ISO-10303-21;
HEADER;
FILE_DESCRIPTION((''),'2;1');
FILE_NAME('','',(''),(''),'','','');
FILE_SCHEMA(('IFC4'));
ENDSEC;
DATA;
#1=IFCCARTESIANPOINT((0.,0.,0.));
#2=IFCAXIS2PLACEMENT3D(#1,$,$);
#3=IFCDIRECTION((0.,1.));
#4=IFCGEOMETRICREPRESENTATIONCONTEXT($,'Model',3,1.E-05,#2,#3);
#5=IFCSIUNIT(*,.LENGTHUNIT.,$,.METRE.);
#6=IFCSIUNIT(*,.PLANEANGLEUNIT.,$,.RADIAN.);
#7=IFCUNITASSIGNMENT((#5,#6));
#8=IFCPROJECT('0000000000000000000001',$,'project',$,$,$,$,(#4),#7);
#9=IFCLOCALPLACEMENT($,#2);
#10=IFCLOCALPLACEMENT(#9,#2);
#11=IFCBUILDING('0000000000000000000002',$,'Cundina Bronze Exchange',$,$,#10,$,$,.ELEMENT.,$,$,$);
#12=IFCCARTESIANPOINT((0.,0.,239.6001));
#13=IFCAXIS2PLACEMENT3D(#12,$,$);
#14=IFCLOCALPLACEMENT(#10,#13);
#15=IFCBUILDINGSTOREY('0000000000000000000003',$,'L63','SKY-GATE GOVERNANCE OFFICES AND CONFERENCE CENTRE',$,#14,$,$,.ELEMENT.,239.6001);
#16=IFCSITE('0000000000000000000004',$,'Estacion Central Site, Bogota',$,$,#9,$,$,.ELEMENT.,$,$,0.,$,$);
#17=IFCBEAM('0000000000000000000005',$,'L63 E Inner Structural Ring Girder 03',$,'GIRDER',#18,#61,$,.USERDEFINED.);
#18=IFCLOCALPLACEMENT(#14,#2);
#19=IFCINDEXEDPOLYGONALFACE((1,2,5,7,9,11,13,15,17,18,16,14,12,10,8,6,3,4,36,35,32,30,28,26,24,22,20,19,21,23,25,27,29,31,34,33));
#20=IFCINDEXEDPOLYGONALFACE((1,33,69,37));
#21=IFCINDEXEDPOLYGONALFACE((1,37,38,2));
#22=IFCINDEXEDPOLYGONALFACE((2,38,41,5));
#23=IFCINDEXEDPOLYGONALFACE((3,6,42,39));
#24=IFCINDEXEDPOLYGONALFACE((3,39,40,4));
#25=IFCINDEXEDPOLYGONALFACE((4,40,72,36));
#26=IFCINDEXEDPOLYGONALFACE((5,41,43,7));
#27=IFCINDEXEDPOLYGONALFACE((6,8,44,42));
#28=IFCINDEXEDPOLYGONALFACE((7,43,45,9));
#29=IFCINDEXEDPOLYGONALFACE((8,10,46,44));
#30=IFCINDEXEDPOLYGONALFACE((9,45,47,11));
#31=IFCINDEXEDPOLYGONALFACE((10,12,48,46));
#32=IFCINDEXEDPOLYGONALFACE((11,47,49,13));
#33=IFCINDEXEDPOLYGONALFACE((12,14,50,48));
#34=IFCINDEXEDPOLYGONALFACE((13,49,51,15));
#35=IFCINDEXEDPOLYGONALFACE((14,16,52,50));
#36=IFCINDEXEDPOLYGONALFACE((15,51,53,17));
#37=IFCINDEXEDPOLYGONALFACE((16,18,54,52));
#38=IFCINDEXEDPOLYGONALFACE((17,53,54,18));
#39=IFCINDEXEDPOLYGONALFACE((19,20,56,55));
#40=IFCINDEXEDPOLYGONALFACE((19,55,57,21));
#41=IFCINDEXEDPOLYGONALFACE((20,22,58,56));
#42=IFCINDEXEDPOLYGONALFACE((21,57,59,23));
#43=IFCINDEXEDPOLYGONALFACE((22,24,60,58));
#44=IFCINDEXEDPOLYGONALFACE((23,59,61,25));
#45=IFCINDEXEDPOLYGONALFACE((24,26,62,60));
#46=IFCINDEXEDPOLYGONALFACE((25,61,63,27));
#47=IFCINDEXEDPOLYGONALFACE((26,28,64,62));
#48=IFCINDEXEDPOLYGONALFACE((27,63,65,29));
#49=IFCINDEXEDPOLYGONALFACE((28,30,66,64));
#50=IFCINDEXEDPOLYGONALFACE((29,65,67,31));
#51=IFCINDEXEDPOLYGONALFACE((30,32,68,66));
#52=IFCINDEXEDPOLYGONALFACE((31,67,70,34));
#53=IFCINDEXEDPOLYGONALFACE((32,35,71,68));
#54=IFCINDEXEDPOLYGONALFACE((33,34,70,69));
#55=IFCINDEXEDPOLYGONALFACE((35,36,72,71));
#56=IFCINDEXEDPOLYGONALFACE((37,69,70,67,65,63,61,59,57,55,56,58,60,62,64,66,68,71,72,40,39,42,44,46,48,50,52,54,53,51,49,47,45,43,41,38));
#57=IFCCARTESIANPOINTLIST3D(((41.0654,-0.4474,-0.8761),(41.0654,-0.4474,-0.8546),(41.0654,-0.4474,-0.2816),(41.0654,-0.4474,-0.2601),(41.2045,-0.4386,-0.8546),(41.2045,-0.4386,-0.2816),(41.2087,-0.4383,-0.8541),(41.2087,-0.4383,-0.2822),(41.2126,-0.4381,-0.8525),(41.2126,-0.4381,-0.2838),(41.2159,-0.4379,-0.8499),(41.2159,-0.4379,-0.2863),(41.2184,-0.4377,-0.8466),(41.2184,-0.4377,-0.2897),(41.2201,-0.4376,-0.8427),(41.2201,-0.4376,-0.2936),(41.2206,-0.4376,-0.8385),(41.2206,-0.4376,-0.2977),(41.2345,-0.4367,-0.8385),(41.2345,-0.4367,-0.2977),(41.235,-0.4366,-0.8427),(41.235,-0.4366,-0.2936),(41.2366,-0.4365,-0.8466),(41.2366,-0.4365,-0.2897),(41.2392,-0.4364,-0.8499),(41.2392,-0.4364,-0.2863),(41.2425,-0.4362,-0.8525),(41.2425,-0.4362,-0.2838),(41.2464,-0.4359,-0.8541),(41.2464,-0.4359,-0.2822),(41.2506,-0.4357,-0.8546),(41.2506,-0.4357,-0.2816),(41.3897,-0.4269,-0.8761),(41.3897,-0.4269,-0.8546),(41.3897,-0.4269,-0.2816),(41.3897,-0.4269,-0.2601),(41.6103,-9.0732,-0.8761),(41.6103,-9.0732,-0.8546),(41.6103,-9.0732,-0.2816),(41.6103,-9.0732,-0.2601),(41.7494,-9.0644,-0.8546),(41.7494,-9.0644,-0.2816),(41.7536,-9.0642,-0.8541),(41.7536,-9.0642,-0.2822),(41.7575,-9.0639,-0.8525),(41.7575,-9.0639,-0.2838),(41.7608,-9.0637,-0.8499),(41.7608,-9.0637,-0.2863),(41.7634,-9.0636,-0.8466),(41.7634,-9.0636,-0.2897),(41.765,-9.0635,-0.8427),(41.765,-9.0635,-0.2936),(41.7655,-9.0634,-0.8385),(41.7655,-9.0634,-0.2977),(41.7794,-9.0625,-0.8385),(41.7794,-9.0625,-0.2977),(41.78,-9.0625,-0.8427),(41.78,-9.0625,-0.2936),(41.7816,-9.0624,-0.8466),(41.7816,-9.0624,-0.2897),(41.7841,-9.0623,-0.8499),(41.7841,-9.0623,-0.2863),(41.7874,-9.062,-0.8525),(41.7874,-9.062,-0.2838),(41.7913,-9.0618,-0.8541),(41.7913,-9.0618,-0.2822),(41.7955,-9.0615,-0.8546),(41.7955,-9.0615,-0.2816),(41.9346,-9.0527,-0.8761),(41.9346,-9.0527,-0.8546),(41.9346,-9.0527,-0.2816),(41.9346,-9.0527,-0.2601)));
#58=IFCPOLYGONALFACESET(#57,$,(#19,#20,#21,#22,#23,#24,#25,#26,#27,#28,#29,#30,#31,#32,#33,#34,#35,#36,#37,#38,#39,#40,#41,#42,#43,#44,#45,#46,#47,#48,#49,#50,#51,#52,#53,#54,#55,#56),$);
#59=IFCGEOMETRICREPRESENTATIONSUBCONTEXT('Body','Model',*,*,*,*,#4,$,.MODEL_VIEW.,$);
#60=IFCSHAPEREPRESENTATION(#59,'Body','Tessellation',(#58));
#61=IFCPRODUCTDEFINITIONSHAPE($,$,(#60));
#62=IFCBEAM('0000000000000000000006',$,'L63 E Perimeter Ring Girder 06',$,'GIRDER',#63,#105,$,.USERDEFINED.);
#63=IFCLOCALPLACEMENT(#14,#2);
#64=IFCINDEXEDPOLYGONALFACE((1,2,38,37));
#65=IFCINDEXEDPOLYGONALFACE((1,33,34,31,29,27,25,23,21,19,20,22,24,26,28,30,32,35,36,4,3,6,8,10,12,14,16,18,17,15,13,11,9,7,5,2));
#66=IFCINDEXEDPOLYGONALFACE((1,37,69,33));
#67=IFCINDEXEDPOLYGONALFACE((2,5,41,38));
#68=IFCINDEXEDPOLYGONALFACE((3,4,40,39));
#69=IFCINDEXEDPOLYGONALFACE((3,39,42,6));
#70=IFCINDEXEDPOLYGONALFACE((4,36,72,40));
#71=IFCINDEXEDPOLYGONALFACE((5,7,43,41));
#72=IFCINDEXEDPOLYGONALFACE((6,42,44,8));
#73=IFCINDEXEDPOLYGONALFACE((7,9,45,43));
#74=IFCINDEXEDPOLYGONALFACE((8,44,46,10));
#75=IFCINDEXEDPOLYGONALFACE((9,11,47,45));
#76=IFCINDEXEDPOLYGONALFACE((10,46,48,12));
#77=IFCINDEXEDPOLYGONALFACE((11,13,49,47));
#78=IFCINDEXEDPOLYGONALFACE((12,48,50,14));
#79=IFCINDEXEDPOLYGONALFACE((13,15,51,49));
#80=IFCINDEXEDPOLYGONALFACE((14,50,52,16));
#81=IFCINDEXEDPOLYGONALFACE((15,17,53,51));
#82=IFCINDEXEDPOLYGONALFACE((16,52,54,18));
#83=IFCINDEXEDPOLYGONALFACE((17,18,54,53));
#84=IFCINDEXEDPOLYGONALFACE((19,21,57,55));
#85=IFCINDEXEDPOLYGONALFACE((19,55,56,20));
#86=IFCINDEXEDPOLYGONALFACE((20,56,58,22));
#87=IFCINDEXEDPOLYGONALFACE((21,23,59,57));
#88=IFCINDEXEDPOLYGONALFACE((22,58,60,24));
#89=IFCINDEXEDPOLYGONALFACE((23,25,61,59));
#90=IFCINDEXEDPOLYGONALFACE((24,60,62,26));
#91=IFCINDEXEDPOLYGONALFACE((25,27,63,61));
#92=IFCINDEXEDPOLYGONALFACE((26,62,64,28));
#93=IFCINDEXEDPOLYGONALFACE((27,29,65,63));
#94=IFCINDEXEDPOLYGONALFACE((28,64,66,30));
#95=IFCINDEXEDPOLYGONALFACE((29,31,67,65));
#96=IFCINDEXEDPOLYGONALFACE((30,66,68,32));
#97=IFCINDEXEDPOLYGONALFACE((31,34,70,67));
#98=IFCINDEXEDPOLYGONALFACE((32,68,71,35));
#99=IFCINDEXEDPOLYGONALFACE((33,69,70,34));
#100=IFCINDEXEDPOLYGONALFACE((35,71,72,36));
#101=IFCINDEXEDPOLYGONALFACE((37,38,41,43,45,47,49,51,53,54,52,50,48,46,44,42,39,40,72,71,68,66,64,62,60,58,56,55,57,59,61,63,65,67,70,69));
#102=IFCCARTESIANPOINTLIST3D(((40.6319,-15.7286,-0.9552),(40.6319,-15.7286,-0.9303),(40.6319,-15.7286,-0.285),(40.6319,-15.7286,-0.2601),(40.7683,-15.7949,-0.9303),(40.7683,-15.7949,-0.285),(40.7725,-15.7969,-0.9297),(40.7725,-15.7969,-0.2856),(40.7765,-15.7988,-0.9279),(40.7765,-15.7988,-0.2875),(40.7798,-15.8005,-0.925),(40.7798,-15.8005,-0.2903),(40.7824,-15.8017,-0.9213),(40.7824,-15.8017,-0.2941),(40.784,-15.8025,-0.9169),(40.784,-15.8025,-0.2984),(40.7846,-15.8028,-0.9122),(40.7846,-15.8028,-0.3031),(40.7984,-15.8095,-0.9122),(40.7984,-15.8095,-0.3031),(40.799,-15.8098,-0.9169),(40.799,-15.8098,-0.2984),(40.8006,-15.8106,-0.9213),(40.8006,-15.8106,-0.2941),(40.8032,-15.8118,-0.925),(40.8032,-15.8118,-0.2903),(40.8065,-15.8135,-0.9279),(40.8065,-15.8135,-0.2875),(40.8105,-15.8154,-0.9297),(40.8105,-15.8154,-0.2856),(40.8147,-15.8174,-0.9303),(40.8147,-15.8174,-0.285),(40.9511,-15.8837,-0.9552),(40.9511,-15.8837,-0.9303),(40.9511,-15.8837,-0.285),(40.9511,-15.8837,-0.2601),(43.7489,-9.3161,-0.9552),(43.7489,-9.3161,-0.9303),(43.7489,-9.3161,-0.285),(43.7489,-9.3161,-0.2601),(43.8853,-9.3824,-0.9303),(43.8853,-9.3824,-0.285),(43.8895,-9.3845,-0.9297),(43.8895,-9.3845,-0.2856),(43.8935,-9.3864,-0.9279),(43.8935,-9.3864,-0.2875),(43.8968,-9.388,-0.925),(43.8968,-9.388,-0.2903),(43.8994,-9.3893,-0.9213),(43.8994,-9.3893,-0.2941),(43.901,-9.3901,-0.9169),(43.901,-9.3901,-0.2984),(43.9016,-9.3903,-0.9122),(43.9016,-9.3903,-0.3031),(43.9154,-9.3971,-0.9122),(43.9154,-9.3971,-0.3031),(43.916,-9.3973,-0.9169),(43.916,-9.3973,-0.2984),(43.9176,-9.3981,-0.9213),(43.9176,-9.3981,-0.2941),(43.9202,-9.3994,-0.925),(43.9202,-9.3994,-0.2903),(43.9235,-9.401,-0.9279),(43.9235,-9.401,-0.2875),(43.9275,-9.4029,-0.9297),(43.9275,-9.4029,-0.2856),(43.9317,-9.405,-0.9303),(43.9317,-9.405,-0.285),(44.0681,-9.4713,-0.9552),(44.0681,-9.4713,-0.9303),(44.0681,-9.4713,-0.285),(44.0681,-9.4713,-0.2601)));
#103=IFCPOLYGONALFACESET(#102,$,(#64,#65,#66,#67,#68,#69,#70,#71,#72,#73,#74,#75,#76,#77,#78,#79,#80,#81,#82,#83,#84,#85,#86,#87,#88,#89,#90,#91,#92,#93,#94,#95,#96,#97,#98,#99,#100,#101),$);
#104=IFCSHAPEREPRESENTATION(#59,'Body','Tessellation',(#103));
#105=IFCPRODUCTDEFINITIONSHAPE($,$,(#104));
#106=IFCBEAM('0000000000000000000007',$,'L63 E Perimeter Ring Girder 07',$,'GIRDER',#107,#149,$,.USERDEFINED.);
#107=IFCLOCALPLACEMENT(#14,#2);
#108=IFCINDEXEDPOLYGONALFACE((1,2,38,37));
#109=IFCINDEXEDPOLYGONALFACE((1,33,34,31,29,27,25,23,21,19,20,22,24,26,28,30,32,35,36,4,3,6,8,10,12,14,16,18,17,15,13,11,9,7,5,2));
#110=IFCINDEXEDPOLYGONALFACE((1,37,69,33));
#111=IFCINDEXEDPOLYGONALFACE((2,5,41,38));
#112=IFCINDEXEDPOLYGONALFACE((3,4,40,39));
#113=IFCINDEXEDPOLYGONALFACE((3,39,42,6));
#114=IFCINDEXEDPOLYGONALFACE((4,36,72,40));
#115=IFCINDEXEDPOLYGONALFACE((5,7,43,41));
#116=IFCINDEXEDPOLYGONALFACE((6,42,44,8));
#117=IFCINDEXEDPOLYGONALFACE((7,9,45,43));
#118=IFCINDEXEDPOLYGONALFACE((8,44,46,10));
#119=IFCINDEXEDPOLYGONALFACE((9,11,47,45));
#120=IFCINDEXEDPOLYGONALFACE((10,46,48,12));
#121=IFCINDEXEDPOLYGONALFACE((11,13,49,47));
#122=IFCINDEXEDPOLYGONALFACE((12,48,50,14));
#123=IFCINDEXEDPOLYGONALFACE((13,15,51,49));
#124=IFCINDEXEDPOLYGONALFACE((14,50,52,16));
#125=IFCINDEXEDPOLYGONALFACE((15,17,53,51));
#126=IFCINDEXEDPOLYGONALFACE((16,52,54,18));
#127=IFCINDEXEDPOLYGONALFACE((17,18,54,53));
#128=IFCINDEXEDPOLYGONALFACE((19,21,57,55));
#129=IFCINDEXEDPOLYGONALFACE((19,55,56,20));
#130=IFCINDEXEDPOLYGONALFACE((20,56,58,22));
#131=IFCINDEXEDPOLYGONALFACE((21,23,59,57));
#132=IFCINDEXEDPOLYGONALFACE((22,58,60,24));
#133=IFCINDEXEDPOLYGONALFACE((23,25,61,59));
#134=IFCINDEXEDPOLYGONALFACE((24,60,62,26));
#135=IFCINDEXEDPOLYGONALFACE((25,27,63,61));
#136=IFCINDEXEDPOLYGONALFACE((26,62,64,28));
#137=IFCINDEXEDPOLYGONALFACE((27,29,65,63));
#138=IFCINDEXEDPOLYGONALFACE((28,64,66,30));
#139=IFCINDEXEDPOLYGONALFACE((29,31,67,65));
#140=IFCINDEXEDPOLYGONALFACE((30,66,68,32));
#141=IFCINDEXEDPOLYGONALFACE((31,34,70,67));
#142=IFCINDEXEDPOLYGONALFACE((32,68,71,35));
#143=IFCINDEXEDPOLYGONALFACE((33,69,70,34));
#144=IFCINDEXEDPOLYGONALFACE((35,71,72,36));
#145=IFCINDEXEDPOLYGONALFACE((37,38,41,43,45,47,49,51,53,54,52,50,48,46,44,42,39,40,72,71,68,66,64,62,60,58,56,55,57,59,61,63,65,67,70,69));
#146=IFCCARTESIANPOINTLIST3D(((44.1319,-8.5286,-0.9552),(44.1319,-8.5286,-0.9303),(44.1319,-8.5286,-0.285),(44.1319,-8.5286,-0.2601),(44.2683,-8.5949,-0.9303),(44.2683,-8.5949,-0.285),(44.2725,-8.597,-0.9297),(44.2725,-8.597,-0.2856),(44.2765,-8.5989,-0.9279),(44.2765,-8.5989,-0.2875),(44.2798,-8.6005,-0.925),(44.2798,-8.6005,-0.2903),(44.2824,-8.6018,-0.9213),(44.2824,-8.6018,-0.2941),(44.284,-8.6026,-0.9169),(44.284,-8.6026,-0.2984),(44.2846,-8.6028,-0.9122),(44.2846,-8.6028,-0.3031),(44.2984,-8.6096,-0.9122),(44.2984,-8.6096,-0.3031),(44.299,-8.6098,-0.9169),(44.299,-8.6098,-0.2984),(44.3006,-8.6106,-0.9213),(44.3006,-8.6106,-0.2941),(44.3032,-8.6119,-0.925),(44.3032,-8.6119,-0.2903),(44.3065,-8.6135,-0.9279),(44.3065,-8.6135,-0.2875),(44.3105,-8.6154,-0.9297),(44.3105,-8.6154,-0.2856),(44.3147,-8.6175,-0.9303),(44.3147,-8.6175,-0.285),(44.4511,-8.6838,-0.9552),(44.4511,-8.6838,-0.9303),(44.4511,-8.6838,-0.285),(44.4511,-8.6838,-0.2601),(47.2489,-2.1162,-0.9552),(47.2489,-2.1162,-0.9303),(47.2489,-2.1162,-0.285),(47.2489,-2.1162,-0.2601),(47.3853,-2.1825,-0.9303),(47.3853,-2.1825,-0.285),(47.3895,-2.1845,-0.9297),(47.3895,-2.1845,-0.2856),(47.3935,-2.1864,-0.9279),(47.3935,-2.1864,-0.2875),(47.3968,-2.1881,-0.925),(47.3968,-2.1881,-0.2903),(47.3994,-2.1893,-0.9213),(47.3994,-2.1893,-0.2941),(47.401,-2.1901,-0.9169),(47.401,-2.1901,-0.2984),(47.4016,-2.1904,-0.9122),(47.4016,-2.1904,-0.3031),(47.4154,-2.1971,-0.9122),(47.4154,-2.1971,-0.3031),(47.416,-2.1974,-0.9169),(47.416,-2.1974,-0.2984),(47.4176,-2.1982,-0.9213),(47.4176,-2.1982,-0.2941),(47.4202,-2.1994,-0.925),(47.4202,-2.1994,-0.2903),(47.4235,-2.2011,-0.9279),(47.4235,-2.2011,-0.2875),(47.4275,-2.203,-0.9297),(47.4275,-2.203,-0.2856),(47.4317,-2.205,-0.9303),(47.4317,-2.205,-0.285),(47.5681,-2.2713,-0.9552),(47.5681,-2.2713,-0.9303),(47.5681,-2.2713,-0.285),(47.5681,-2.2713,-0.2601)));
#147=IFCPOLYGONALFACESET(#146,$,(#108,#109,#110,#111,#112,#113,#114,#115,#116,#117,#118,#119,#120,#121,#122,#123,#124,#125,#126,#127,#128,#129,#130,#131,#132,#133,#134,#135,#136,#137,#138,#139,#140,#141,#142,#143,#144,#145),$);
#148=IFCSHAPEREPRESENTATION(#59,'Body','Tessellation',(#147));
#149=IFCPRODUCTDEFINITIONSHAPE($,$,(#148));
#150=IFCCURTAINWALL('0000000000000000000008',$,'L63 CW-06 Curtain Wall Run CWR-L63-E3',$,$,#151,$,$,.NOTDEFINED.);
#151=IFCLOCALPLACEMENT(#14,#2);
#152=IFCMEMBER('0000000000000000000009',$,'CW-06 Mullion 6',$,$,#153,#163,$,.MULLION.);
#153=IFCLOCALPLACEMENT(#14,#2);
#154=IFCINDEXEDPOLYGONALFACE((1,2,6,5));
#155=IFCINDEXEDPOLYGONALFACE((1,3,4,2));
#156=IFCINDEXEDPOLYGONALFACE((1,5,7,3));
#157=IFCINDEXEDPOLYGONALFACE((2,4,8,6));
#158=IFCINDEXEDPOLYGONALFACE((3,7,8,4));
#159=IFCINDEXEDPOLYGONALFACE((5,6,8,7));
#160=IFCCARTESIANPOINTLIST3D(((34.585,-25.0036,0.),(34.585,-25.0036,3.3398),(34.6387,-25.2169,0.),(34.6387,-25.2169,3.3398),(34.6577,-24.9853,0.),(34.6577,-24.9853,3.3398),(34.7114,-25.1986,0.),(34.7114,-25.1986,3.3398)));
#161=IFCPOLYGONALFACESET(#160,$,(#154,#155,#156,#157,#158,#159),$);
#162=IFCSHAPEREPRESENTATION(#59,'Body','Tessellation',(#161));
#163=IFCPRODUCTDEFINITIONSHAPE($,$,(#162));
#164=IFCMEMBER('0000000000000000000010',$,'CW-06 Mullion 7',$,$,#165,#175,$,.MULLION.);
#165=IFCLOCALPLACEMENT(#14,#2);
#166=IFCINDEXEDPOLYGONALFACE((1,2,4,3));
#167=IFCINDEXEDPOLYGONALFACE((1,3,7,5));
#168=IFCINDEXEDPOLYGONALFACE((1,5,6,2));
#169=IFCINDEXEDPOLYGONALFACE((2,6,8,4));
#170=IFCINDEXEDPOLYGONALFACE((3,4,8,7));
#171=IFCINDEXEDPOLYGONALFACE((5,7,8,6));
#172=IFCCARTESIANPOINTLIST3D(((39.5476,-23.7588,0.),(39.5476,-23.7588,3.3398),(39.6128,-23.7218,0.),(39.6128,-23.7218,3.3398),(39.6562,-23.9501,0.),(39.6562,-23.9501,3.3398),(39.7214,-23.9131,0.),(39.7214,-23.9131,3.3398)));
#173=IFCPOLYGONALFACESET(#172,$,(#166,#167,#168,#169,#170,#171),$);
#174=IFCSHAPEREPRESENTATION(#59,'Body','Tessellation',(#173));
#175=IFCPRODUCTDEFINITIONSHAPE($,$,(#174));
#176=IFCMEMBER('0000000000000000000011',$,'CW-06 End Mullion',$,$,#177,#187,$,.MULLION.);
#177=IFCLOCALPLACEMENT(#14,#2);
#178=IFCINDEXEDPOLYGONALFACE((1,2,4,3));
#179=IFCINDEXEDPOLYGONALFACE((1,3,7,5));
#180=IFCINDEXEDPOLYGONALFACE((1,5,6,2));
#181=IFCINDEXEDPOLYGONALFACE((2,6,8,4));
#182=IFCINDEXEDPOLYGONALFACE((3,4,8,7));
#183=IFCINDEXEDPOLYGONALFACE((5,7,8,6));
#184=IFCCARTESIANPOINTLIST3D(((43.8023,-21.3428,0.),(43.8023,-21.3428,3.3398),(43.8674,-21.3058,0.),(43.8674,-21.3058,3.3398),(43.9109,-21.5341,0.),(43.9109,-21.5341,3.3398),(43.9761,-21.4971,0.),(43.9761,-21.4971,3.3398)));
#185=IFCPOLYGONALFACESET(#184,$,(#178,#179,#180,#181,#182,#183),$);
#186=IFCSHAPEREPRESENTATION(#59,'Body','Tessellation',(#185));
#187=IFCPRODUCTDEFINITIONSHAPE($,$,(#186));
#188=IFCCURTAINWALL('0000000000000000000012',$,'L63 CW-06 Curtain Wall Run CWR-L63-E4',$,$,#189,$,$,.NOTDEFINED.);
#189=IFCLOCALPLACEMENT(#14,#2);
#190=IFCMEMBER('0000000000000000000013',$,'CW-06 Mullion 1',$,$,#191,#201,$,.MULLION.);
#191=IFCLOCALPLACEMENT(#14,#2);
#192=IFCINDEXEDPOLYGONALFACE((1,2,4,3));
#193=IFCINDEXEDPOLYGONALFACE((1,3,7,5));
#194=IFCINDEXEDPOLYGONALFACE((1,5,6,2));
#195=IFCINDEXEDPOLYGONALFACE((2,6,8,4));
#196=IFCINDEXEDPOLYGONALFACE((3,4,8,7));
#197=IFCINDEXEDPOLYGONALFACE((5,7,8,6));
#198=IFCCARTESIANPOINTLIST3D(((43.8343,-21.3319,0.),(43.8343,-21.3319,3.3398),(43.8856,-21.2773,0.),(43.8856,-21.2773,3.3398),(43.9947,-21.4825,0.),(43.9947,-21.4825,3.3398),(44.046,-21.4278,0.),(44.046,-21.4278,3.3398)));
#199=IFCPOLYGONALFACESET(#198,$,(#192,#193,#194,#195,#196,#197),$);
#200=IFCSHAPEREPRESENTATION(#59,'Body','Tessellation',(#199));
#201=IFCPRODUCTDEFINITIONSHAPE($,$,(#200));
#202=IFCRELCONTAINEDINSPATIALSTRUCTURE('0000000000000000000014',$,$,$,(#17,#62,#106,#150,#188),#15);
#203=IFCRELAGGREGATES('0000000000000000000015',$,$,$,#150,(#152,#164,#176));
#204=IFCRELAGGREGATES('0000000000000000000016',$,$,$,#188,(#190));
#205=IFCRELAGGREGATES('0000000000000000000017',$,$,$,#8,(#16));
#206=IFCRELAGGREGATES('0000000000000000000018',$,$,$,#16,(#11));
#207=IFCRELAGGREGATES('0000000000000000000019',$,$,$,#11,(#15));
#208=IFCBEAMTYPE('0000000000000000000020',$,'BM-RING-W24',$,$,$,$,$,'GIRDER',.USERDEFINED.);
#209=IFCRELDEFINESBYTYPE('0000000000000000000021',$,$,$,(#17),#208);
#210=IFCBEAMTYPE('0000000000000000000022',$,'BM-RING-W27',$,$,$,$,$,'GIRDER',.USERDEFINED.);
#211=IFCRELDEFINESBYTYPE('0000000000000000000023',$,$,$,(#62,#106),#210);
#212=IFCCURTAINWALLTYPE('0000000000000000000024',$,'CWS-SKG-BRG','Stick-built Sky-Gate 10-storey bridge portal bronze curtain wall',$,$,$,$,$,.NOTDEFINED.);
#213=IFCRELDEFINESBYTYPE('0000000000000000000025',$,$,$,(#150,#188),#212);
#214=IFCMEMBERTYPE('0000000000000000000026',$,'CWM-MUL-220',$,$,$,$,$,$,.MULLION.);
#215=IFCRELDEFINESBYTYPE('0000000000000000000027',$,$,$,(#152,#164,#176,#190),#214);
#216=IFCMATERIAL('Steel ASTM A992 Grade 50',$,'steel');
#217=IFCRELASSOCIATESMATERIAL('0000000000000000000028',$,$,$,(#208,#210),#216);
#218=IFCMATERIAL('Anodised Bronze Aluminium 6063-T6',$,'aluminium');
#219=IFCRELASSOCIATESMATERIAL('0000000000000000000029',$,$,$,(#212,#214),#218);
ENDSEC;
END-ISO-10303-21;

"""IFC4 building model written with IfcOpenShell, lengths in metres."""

from ifc_helpers import new_model, si_unit, direction, frame, origin, origin_2d, place, context, subcontext, project, spatial, rectangle, i_section, extrude, material, material_profile, profile_set, type_object, element, aggregate, save


model = new_model("IFC4")

# Units and contexts
model_context = context("Model", 3, precision=1e-05, world=origin(), true_north=direction((0.0, 1.0)))
body_context = subcontext(model_context, "Body", "Model", "MODEL_VIEW")
ifc_project = project(units=[si_unit("LENGTHUNIT", "METRE"), si_unit("PLANEANGLEUNIT", "RADIAN")], contexts=[model_context])

# Site, building, storey
site_placement = place(None, origin())
site = spatial("IfcSite", under=ifc_project, at=site_placement, Name="Estacion Central Site, Bogota", CompositionType="ELEMENT", RefElevation=0.0)
building_placement = place(site_placement, origin())
building = spatial("IfcBuilding", under=site, at=building_placement, Name="Cundina Bronze Exchange", CompositionType="ELEMENT")
storey_placement = place(building_placement, frame((0.0, 0.0, 239.6001)))
storey = spatial("IfcBuildingStorey", under=building, at=storey_placement, Name="L63", Description="SKY-GATE GOVERNANCE OFFICES AND CONFERENCE CENTRE", CompositionType="ELEMENT", Elevation=239.6001)

# Beams
ifc_material_1 = material(Name="Steel ASTM A992 Grade 50", Category="steel")
ifc_material_profile_1 = material_profile(ifc_material_1, i_section(OverallWidth=0.325, OverallDepth=0.616, WebThickness=0.0139, FlangeThickness=0.0215, FilletRadius=0.0161, at=origin_2d()), Name="W24X117", Category="steel")
ifc_profile_set_1 = profile_set([ifc_material_profile_1], Name="Steel ASTM A992 Grade 50")
beam_type_1 = type_object("IfcBeamType", Name="BM-RING-W24", ElementType="GIRDER", PredefinedType="USERDEFINED", material=ifc_profile_set_1)
beam_1_placement = place(storey_placement, frame((41.7725, -9.063, -0.5681), z_axis=(-0.063047, 0.998011, 0.0), x_axis=(-0.998011, -0.063047, 0.0)))
element("IfcBeam", 1, at=beam_1_placement, inside=storey, type_object=beam_type_1, Name="L63 E Inner Structural Ring Girder 03", ObjectType="GIRDER", PredefinedType="USERDEFINED", context=body_context, shape_type="SweptSolid", body=[
    extrude(i_section(OverallWidth=0.325, OverallDepth=0.616, WebThickness=0.0139, FlangeThickness=0.0215, FilletRadius=0.0161, at=origin_2d()), origin(), (0.0, 0.0, 1.0), 8.6431),
])
ifc_material_profile_2 = material_profile(ifc_material_1, i_section(OverallWidth=0.355, OverallDepth=0.6951, WebThickness=0.0154, FlangeThickness=0.0249, FilletRadius=0.0181, at=origin_2d()), Name="W27X146", Category="steel")
ifc_profile_set_2 = profile_set([ifc_material_profile_2], Name="Steel ASTM A992 Grade 50")
beam_type_2 = type_object("IfcBeamType", Name="BM-RING-W27", ElementType="GIRDER", PredefinedType="USERDEFINED", material=ifc_profile_set_2)
for number, where, z_axis, x_axis, name in (
    (2, (40.7915, -15.8062, -0.6077), (0.437173, 0.899377, 0.0), (-0.899377, 0.437173, 0.0), "L63 E Perimeter Ring Girder 06"),
    (3, (44.2915, -8.6062, -0.6077), (0.437173, 0.899377, 0.0), (-0.899377, 0.437173, 0.0), "L63 E Perimeter Ring Girder 07"),
):
    element("IfcBeam", number, at=place(storey_placement, frame(where, z_axis=z_axis, x_axis=x_axis)), inside=storey, type_object=beam_type_2, Name=name, ObjectType="GIRDER", PredefinedType="USERDEFINED", context=body_context, shape_type="SweptSolid", body=[
        extrude(i_section(OverallWidth=0.355, OverallDepth=0.6951, WebThickness=0.0154, FlangeThickness=0.0249, FilletRadius=0.0181, at=origin_2d()), origin(), (0.0, 0.0, 1.0), 7.1299),
    ])

# Curtain walls, members
ifc_material_2 = material(Name="Anodised Bronze Aluminium 6063-T6", Category="aluminium")
curtain_wall_type = type_object("IfcCurtainWallType", Name="CWS-SKG-BRG", Description="Stick-built Sky-Gate 10-storey bridge portal bronze curtain wall", PredefinedType="NOTDEFINED", material=ifc_material_2)
curtain_wall_1_placement = place(storey_placement, origin())
curtain_wall_1 = element("IfcCurtainWall", 4, at=curtain_wall_1_placement, inside=storey, type_object=curtain_wall_type, Name="L63 CW-06 Curtain Wall Run CWR-L63-E3", PredefinedType="NOTDEFINED")
ifc_material_profile_3 = material_profile(ifc_material_2, rectangle(XDim=0.075, YDim=0.22, at=origin_2d()), Name="AL75X220", Category="aluminium")
ifc_profile_set_3 = profile_set([ifc_material_profile_3], Name="Anodised Bronze Aluminium 6063-T6")
member_type_1 = type_object("IfcMemberType", Name="CWM-MUL-220", PredefinedType="MULLION", material=ifc_profile_set_3)
member_1_placement = place(storey_placement, frame((34.6482, -25.1011, 0.0), z_axis=(0.0, 0.0, 1.0), x_axis=(0.969744, 0.244123, 0.0)))
member_1 = element("IfcMember", 5, at=member_1_placement, type_object=member_type_1, Name="CW-06 Mullion 6", PredefinedType="MULLION", context=body_context, shape_type="SweptSolid", body=[
    extrude(rectangle(XDim=0.075, YDim=0.22, at=origin_2d()), origin(), (0.0, 0.0, 1.0), 3.3398),
])
member_2_placement = place(storey_placement, frame((39.6345, -23.8359, 0.0), z_axis=(0.0, 0.0, 1.0), x_axis=(0.869581, 0.49379, 0.0)))
member_2 = element("IfcMember", 6, at=member_2_placement, type_object=member_type_1, Name="CW-06 Mullion 7", PredefinedType="MULLION", context=body_context, shape_type="SweptSolid", body=[
    extrude(rectangle(XDim=0.075, YDim=0.22, at=origin_2d()), origin(), (0.0, 0.0, 1.0), 3.3398),
])
member_3_placement = place(storey_placement, frame((43.8892, -21.4199, 0.0), z_axis=(0.0, 0.0, 1.0), x_axis=(0.869581, 0.49379, 0.0)))
member_3 = element("IfcMember", 7, at=member_3_placement, type_object=member_type_1, Name="CW-06 End Mullion", PredefinedType="MULLION", context=body_context, shape_type="SweptSolid", body=[
    extrude(rectangle(XDim=0.075, YDim=0.22, at=origin_2d()), origin(), (0.0, 0.0, 1.0), 3.3398),
])
curtain_wall_2_placement = place(storey_placement, origin())
curtain_wall_2 = element("IfcCurtainWall", 8, at=curtain_wall_2_placement, inside=storey, type_object=curtain_wall_type, Name="L63 CW-06 Curtain Wall Run CWR-L63-E4", PredefinedType="NOTDEFINED")
member_4_placement = place(storey_placement, frame((43.9402, -21.3799, 0.0), z_axis=(0.0, 0.0, 1.0), x_axis=(0.684293, 0.729208, 0.0)))
member_4 = element("IfcMember", 9, at=member_4_placement, type_object=member_type_1, Name="CW-06 Mullion 1", PredefinedType="MULLION", context=body_context, shape_type="SweptSolid", body=[
    extrude(rectangle(XDim=0.075, YDim=0.22, at=origin_2d()), origin(), (0.0, 0.0, 1.0), 3.3398),
])

aggregate(curtain_wall_1, [member_1, member_2, member_3])
aggregate(curtain_wall_2, [member_4])

save(model, "model.ifc")
